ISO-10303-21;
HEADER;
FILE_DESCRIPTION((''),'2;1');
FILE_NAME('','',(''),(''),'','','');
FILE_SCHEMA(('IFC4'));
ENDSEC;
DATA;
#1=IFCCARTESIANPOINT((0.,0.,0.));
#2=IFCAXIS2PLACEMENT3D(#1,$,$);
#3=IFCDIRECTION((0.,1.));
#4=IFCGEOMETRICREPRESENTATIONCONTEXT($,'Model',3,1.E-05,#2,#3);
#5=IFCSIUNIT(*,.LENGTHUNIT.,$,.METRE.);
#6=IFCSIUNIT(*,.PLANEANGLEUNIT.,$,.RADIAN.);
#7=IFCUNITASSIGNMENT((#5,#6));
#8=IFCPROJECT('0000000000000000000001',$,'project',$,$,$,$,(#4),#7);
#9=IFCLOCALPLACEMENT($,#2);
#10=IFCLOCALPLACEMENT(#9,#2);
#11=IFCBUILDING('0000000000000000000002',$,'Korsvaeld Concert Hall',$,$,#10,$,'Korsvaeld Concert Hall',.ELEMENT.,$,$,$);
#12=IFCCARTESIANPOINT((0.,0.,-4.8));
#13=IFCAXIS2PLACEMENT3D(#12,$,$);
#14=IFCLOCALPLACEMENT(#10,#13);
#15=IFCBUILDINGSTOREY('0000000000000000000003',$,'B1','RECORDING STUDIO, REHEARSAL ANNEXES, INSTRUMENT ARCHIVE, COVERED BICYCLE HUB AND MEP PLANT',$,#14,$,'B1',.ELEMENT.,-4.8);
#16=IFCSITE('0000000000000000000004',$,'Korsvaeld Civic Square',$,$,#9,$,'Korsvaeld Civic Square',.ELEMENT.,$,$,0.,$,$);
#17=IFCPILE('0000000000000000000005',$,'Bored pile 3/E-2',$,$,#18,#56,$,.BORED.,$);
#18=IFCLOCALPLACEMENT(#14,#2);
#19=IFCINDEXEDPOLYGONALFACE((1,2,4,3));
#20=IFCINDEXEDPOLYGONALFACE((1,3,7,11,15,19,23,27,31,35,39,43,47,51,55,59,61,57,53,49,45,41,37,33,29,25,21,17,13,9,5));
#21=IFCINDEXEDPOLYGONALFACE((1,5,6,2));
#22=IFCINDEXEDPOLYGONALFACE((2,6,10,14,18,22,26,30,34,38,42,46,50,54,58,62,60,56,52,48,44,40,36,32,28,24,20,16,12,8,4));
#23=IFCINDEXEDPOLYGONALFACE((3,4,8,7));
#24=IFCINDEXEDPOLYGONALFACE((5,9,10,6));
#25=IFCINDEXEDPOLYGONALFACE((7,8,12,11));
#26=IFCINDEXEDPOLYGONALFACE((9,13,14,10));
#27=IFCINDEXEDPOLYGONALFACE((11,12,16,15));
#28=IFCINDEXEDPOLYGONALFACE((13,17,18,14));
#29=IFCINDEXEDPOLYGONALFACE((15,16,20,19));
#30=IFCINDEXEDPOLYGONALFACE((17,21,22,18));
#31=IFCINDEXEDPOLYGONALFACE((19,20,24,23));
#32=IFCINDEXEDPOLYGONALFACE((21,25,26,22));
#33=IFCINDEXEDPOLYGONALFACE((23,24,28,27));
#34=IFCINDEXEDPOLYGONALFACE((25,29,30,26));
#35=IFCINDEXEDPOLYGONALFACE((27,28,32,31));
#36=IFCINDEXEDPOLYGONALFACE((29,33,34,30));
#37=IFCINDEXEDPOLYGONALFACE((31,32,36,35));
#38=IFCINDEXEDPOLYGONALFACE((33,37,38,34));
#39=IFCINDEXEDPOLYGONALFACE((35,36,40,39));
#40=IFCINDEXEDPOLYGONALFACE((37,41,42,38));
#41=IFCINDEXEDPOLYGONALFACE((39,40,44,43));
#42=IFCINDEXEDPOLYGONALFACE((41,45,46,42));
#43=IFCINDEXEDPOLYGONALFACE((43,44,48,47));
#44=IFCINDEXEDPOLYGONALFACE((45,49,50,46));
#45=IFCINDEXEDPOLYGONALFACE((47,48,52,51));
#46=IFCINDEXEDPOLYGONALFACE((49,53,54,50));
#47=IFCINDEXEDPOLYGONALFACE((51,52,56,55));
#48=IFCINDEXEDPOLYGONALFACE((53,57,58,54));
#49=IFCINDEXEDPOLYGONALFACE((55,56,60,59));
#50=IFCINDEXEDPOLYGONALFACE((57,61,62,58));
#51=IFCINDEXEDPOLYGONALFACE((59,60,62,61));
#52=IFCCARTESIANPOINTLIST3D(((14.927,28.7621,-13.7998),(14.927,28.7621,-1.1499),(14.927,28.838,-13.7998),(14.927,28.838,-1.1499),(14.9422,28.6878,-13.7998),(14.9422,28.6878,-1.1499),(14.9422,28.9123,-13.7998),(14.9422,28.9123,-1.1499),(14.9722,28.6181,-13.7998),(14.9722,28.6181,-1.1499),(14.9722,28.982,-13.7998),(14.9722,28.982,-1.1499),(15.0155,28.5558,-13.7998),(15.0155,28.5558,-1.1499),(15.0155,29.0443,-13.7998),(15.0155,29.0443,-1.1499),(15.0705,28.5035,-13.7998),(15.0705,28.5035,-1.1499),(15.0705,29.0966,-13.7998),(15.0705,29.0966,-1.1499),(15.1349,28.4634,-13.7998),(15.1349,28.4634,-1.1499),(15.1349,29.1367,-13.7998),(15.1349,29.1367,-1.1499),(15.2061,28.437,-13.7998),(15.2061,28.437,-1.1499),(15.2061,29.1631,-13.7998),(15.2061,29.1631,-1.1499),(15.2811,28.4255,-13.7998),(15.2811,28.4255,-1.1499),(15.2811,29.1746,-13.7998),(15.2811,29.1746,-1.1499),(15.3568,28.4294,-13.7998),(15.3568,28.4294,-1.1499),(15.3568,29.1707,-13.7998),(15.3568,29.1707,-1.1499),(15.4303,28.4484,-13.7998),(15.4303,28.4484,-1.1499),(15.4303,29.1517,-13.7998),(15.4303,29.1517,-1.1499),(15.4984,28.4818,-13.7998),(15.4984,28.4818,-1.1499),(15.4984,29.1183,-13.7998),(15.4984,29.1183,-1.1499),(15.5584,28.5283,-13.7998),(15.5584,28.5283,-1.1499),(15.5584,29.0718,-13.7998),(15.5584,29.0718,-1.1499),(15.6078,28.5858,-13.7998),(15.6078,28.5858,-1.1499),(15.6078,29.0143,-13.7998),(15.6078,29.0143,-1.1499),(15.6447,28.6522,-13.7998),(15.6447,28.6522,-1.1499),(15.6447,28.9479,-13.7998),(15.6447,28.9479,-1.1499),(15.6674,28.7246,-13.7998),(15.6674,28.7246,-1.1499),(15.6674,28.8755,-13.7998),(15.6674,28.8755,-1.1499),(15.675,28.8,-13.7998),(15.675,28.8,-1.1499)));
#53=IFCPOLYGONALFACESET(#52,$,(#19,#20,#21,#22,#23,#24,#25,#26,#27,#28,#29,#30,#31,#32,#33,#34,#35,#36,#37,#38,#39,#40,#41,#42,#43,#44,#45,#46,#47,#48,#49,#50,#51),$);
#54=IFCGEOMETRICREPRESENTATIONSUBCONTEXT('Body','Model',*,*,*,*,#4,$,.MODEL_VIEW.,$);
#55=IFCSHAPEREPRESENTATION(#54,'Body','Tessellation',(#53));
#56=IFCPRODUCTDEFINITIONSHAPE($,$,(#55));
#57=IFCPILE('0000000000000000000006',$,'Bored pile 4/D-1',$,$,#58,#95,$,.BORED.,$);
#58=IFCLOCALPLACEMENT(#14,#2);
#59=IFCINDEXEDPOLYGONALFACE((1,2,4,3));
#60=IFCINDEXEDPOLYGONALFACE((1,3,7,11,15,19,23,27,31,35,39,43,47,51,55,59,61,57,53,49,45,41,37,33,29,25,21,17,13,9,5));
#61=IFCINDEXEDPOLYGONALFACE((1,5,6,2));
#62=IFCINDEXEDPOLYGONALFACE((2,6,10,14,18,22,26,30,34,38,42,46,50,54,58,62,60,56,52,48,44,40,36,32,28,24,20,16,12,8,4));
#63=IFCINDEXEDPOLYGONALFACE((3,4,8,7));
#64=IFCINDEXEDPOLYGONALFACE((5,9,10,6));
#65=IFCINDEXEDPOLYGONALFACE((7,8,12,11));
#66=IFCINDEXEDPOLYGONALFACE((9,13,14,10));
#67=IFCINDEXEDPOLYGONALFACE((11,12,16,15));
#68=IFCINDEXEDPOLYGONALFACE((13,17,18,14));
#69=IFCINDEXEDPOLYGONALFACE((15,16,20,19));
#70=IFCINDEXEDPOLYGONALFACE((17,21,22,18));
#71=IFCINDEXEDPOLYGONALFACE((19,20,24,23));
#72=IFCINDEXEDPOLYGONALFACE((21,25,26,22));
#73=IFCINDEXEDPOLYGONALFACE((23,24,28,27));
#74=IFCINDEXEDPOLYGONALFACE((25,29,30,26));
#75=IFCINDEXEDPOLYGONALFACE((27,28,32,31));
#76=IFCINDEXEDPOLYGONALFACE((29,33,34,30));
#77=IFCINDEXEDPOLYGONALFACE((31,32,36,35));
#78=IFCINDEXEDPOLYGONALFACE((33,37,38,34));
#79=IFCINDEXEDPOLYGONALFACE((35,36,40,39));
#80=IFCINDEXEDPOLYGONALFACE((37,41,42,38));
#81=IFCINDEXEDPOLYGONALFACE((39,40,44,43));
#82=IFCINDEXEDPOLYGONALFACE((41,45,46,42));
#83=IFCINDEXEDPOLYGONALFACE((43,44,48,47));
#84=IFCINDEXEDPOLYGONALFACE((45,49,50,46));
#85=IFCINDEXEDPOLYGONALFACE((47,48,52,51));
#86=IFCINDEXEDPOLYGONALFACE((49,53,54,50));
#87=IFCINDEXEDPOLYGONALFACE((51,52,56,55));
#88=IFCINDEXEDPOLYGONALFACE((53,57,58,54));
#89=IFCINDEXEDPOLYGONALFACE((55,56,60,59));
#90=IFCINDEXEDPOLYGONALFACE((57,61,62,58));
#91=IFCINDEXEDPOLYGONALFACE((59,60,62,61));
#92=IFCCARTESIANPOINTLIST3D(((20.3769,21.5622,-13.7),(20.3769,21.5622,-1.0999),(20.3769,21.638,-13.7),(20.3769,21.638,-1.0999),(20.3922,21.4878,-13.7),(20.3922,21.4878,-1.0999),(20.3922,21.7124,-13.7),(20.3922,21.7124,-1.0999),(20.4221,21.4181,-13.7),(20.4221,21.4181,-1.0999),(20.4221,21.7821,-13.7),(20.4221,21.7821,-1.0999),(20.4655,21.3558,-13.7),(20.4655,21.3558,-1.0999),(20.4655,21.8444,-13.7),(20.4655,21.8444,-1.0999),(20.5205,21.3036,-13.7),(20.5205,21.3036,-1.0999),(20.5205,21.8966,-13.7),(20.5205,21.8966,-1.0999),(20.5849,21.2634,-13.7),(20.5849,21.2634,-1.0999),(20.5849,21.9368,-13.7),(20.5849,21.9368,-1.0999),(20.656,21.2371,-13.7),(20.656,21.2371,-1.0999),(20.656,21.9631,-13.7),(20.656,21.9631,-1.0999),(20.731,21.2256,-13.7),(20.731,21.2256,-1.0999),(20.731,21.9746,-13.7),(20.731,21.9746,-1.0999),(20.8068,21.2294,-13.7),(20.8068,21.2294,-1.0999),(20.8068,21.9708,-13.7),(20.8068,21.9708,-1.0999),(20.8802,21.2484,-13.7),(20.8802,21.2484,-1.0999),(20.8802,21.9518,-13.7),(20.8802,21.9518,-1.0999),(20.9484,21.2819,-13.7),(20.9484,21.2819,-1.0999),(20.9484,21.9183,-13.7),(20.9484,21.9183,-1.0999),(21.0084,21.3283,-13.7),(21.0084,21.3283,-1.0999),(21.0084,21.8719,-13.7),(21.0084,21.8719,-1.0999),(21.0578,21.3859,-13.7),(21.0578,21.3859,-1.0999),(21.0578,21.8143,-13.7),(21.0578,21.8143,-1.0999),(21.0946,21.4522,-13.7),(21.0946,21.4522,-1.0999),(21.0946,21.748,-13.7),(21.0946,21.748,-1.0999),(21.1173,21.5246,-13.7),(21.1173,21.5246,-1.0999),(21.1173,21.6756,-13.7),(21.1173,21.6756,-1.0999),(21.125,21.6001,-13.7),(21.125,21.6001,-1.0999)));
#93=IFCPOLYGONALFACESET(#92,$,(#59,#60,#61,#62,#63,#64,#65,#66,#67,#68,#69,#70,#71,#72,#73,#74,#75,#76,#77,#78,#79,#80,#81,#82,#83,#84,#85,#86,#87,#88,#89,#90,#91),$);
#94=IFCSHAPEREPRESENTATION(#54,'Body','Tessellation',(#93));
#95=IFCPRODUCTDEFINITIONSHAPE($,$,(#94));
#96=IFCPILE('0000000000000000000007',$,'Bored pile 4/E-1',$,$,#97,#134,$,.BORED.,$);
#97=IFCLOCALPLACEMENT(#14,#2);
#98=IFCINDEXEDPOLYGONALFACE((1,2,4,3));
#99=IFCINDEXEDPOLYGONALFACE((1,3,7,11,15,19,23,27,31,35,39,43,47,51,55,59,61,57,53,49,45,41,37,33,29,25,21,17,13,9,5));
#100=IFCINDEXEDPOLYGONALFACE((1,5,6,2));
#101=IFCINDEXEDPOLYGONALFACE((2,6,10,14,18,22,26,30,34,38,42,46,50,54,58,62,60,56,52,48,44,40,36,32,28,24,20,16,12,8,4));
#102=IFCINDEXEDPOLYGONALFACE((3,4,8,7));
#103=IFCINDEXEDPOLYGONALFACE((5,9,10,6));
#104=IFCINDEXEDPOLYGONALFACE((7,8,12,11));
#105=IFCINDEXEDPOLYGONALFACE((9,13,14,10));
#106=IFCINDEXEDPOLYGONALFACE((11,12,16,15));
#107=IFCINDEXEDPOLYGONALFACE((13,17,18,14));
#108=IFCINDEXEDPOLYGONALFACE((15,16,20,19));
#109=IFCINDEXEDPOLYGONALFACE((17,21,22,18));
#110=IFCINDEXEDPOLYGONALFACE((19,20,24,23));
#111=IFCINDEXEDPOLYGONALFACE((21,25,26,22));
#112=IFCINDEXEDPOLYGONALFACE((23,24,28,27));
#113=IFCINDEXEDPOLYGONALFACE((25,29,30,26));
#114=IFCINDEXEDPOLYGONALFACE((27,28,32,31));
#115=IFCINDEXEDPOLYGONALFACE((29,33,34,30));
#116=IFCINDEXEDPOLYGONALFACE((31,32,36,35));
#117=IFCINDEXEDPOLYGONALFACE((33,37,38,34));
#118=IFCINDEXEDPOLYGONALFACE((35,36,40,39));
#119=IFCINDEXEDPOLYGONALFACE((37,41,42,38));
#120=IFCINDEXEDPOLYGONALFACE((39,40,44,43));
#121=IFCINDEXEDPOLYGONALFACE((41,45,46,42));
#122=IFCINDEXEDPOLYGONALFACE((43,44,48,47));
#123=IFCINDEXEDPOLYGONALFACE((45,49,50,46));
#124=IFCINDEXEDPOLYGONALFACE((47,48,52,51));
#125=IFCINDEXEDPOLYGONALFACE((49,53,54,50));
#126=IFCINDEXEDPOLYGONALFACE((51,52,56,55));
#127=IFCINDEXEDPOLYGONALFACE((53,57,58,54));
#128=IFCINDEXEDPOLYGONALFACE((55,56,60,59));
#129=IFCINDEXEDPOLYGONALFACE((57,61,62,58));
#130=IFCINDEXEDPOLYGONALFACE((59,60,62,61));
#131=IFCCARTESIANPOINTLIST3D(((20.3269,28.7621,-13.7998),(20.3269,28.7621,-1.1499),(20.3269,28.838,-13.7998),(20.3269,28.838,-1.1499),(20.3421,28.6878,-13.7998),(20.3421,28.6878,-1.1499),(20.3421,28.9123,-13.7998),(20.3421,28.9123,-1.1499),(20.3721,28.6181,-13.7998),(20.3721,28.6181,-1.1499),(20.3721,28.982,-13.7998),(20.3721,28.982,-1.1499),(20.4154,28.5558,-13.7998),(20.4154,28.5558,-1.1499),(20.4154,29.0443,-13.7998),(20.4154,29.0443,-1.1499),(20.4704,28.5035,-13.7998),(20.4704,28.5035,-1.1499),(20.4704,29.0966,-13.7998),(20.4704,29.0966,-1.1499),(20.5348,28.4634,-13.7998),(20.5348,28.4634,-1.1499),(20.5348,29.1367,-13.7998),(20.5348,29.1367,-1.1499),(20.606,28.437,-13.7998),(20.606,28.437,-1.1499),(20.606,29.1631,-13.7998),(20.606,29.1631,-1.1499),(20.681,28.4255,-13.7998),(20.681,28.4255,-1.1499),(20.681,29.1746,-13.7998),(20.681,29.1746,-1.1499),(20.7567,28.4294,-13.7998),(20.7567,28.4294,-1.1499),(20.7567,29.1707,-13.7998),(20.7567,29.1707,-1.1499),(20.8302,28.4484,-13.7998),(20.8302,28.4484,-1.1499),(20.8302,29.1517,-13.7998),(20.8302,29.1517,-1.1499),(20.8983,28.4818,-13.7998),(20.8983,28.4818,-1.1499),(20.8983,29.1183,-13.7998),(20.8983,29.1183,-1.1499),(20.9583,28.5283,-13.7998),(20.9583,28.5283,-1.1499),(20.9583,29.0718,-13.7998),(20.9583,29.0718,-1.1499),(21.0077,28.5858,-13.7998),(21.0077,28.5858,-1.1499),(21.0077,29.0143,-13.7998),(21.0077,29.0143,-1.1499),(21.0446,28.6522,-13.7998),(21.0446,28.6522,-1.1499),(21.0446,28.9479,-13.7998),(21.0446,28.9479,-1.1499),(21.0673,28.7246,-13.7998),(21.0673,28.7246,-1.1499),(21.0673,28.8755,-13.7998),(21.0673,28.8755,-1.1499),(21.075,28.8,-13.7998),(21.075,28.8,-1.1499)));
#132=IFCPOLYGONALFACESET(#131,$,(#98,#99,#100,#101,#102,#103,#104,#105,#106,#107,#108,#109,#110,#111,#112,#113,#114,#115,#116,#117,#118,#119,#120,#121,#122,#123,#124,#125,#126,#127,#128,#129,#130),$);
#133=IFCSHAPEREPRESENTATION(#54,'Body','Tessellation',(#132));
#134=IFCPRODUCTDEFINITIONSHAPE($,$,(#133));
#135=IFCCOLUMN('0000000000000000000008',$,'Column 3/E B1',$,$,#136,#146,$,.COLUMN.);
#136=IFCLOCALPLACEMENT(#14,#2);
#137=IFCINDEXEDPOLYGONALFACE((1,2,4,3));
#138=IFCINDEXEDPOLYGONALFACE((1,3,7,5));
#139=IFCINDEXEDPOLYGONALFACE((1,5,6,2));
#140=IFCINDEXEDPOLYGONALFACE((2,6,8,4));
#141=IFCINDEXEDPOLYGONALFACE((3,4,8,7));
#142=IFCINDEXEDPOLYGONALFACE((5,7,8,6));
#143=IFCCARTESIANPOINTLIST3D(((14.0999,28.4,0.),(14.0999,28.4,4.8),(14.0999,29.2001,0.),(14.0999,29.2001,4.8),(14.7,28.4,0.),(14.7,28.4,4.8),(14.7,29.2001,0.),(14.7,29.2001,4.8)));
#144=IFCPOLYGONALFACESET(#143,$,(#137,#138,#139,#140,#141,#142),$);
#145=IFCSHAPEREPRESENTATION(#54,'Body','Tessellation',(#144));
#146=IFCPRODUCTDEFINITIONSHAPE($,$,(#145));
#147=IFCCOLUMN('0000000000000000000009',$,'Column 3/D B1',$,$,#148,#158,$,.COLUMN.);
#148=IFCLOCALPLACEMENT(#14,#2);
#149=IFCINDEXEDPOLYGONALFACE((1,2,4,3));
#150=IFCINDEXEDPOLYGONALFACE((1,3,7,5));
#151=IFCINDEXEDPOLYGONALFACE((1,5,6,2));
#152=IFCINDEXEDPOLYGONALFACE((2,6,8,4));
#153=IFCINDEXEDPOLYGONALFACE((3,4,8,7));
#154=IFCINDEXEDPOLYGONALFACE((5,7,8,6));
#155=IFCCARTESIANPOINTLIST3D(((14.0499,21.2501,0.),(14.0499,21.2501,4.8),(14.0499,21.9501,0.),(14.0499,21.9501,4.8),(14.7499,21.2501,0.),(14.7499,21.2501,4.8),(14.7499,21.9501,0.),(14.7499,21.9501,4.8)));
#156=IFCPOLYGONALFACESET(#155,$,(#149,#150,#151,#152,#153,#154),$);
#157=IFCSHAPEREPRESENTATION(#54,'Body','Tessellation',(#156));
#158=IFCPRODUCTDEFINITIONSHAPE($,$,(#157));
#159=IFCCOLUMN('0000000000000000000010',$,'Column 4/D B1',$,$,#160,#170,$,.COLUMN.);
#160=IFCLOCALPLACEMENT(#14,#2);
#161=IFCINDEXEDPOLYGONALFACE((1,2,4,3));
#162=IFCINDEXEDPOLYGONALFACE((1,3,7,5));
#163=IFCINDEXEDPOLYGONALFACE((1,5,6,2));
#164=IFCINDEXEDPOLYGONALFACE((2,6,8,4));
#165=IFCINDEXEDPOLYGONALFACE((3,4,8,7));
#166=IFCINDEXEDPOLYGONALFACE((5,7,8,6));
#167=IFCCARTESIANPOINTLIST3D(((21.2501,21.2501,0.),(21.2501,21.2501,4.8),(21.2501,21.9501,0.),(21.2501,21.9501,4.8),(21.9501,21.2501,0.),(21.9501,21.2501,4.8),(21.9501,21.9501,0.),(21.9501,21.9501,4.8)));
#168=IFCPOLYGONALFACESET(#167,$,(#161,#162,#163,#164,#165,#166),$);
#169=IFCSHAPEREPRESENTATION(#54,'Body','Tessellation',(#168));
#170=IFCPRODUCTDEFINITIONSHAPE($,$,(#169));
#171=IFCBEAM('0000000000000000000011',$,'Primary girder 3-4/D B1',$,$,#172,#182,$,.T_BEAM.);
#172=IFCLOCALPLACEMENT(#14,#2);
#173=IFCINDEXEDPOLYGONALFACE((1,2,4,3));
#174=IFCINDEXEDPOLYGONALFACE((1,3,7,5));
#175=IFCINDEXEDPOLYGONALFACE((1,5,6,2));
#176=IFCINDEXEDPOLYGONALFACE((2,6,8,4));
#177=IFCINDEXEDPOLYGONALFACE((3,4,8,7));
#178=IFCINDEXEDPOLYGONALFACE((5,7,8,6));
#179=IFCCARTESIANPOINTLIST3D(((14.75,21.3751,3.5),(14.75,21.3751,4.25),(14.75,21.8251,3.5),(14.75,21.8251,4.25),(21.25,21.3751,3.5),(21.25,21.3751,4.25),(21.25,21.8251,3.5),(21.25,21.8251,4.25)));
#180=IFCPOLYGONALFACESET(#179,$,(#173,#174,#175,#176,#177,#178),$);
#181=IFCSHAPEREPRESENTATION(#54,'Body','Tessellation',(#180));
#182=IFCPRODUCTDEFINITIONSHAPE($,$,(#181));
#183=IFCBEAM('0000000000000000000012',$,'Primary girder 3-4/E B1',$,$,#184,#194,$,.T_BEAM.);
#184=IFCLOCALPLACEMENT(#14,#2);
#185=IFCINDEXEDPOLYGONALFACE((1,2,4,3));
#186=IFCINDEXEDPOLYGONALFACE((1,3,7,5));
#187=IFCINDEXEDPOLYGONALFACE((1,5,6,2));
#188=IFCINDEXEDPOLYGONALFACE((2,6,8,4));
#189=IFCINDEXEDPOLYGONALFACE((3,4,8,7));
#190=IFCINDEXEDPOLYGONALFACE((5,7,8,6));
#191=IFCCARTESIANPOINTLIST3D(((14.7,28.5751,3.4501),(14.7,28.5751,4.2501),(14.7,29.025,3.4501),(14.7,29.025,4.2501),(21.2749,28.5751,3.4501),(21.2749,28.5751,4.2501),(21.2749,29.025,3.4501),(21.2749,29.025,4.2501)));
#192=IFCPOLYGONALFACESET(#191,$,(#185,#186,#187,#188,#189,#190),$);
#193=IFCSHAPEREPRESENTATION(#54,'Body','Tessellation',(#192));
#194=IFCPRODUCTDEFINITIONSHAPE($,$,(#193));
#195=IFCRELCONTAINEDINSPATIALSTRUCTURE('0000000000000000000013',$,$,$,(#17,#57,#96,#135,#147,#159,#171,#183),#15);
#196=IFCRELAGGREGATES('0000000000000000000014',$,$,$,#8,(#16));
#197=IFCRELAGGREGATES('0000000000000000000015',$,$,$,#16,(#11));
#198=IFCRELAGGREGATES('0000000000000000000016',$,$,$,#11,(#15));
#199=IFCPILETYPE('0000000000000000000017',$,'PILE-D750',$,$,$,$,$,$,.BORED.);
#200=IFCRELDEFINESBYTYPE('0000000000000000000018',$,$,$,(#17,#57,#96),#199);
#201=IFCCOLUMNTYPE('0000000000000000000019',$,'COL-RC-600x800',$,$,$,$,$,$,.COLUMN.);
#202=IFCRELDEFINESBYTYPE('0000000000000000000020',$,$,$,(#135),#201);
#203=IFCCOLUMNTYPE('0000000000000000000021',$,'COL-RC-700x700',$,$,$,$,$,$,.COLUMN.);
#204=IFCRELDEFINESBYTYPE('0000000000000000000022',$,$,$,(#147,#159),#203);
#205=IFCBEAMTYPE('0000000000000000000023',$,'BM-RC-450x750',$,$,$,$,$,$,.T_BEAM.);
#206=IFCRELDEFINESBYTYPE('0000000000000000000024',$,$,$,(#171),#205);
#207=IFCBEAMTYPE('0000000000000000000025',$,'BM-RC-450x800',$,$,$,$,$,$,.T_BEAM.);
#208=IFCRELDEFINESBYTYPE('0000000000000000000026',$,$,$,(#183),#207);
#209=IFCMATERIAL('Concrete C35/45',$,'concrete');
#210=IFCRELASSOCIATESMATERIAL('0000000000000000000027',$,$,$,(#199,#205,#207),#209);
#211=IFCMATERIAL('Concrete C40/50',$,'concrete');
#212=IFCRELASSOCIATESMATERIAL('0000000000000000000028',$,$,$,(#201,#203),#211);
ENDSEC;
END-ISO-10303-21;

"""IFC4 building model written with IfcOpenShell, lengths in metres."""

from ifc_helpers import new_model, si_unit, direction, frame, origin, origin_2d, place, context, subcontext, project, spatial, rectangle, circle, extrude, material, material_profile, profile_set, type_object, element, save


model = new_model("IFC4")

# Units and contexts
model_context = context("Model", 3, precision=1e-05, world=origin(), true_north=direction((0.0, 1.0)))
body_context = subcontext(model_context, "Body", "Model", "MODEL_VIEW")
ifc_project = project(units=[si_unit("LENGTHUNIT", "METRE"), si_unit("PLANEANGLEUNIT", "RADIAN")], contexts=[model_context])

# Site, building, storey
site_placement = place(None, origin())
site = spatial("IfcSite", under=ifc_project, at=site_placement, Name="Korsvaeld Civic Square", LongName="Korsvaeld Civic Square", CompositionType="ELEMENT", RefElevation=0.0)
building_placement = place(site_placement, origin())
building = spatial("IfcBuilding", under=site, at=building_placement, Name="Korsvaeld Concert Hall", LongName="Korsvaeld Concert Hall", CompositionType="ELEMENT")
storey_placement = place(building_placement, frame((0.0, 0.0, -4.8)))
storey = spatial("IfcBuildingStorey", under=building, at=storey_placement, Name="B1", Description="RECORDING STUDIO, REHEARSAL ANNEXES, INSTRUMENT ARCHIVE, COVERED BICYCLE HUB AND MEP PLANT", LongName="B1", CompositionType="ELEMENT", Elevation=-4.8)

# Shared definitions
ifc_material_1 = material(Name="Concrete C35/45", Category="concrete")

# Piles
ifc_material_profile_1 = material_profile(ifc_material_1, circle(Radius=0.375, at=origin_2d()), Name="BORED PILE D750")
ifc_profile_set_1 = profile_set([ifc_material_profile_1], Name="Concrete C35/45")
pile_type = type_object("IfcPileType", Name="PILE-D750", PredefinedType="BORED", material=ifc_profile_set_1)
pile_1_placement = place(storey_placement, frame((15.3, 28.8, -1.1499), z_axis=(0.0, 0.0, -1.0), x_axis=(1.0, 0.0, 0.0)))
element("IfcPile", 1, at=pile_1_placement, inside=storey, type_object=pile_type, Name="Bored pile 3/E-2", PredefinedType="BORED", context=body_context, shape_type="SweptSolid", body=[
    extrude(circle(Radius=0.375, at=origin_2d()), origin(), (0.0, 0.0, 1.0), 12.6499),
])
pile_2_placement = place(storey_placement, frame((20.75, 21.6001, -1.0999), z_axis=(0.0, 0.0, -1.0), x_axis=(1.0, 0.0, 0.0)))
element("IfcPile", 2, at=pile_2_placement, inside=storey, type_object=pile_type, Name="Bored pile 4/D-1", PredefinedType="BORED", context=body_context, shape_type="SweptSolid", body=[
    extrude(circle(Radius=0.375, at=origin_2d()), origin(), (0.0, 0.0, 1.0), 12.6001),
])
pile_3_placement = place(storey_placement, frame((20.7, 28.8, -1.1499), z_axis=(0.0, 0.0, -1.0), x_axis=(1.0, 0.0, 0.0)))
element("IfcPile", 3, at=pile_3_placement, inside=storey, type_object=pile_type, Name="Bored pile 4/E-1", PredefinedType="BORED", context=body_context, shape_type="SweptSolid", body=[
    extrude(circle(Radius=0.375, at=origin_2d()), origin(), (0.0, 0.0, 1.0), 12.6499),
])

# Columns
ifc_material_2 = material(Name="Concrete C40/50", Category="concrete")
ifc_material_profile_2 = material_profile(ifc_material_2, rectangle(XDim=0.6001, YDim=0.8, at=origin_2d()), Name="RC 600x800")
ifc_profile_set_2 = profile_set([ifc_material_profile_2], Name="Concrete C40/50")
column_type_1 = type_object("IfcColumnType", Name="COL-RC-600x800", PredefinedType="COLUMN", material=ifc_profile_set_2)
column_placement = place(storey_placement, frame((14.3999, 28.8, 0.0), z_axis=(0.0, 0.0, 1.0), x_axis=(1.0, 0.0, 0.0)))
element("IfcColumn", 4, at=column_placement, inside=storey, type_object=column_type_1, Name="Column 3/E B1", PredefinedType="COLUMN", context=body_context, shape_type="SweptSolid", body=[
    extrude(rectangle(XDim=0.6001, YDim=0.8, at=origin_2d()), origin(), (0.0, 0.0, 1.0), 4.8),
])
ifc_material_profile_3 = material_profile(ifc_material_2, rectangle(XDim=0.7, YDim=0.7, at=origin_2d()), Name="RC 700x700")
ifc_profile_set_3 = profile_set([ifc_material_profile_3], Name="Concrete C40/50")
column_type_2 = type_object("IfcColumnType", Name="COL-RC-700x700", PredefinedType="COLUMN", material=ifc_profile_set_3)
for number, where, z_axis, x_axis, name in (
    (5, (14.3999, 21.6001, 0.0), (0.0, 0.0, 1.0), (1.0, 0.0, 0.0), "Column 3/D B1"),
    (6, (21.6001, 21.6001, 0.0), (0.0, 0.0, 1.0), (1.0, 0.0, 0.0), "Column 4/D B1"),
):
    element("IfcColumn", number, at=place(storey_placement, frame(where, z_axis=z_axis, x_axis=x_axis)), inside=storey, type_object=column_type_2, Name=name, PredefinedType="COLUMN", context=body_context, shape_type="SweptSolid", body=[
        extrude(rectangle(XDim=0.7, YDim=0.7, at=origin_2d()), origin(), (0.0, 0.0, 1.0), 4.8),
    ])

# Beams
ifc_material_profile_4 = material_profile(ifc_material_1, rectangle(XDim=0.45, YDim=0.75, at=origin_2d()), Name="RC 450x750")
ifc_profile_set_4 = profile_set([ifc_material_profile_4], Name="Concrete C35/45")
beam_type_1 = type_object("IfcBeamType", Name="BM-RC-450x750", PredefinedType="T_BEAM", material=ifc_profile_set_4)
beam_1_placement = place(storey_placement, frame((14.75, 21.6001, 3.875), z_axis=(1.0, 0.0, 0.0), x_axis=(0.0, 1.0, 0.0)))
element("IfcBeam", 7, at=beam_1_placement, inside=storey, type_object=beam_type_1, Name="Primary girder 3-4/D B1", PredefinedType="T_BEAM", context=body_context, shape_type="SweptSolid", body=[
    extrude(rectangle(XDim=0.45, YDim=0.75, at=origin_2d()), origin(), (0.0, 0.0, 1.0), 6.5),
])
ifc_material_profile_5 = material_profile(ifc_material_1, rectangle(XDim=0.45, YDim=0.8, at=origin_2d()), Name="RC 450x800")
ifc_profile_set_5 = profile_set([ifc_material_profile_5], Name="Concrete C35/45")
beam_type_2 = type_object("IfcBeamType", Name="BM-RC-450x800", PredefinedType="T_BEAM", material=ifc_profile_set_5)
beam_2_placement = place(storey_placement, frame((14.7, 28.8, 3.8501), z_axis=(1.0, 0.0, 0.0), x_axis=(0.0, 1.0, 0.0)))
element("IfcBeam", 8, at=beam_2_placement, inside=storey, type_object=beam_type_2, Name="Primary girder 3-4/E B1", PredefinedType="T_BEAM", context=body_context, shape_type="SweptSolid", body=[
    extrude(rectangle(XDim=0.45, YDim=0.8, at=origin_2d()), origin(), (0.0, 0.0, 1.0), 6.575),
])

save(model, "model.ifc")
